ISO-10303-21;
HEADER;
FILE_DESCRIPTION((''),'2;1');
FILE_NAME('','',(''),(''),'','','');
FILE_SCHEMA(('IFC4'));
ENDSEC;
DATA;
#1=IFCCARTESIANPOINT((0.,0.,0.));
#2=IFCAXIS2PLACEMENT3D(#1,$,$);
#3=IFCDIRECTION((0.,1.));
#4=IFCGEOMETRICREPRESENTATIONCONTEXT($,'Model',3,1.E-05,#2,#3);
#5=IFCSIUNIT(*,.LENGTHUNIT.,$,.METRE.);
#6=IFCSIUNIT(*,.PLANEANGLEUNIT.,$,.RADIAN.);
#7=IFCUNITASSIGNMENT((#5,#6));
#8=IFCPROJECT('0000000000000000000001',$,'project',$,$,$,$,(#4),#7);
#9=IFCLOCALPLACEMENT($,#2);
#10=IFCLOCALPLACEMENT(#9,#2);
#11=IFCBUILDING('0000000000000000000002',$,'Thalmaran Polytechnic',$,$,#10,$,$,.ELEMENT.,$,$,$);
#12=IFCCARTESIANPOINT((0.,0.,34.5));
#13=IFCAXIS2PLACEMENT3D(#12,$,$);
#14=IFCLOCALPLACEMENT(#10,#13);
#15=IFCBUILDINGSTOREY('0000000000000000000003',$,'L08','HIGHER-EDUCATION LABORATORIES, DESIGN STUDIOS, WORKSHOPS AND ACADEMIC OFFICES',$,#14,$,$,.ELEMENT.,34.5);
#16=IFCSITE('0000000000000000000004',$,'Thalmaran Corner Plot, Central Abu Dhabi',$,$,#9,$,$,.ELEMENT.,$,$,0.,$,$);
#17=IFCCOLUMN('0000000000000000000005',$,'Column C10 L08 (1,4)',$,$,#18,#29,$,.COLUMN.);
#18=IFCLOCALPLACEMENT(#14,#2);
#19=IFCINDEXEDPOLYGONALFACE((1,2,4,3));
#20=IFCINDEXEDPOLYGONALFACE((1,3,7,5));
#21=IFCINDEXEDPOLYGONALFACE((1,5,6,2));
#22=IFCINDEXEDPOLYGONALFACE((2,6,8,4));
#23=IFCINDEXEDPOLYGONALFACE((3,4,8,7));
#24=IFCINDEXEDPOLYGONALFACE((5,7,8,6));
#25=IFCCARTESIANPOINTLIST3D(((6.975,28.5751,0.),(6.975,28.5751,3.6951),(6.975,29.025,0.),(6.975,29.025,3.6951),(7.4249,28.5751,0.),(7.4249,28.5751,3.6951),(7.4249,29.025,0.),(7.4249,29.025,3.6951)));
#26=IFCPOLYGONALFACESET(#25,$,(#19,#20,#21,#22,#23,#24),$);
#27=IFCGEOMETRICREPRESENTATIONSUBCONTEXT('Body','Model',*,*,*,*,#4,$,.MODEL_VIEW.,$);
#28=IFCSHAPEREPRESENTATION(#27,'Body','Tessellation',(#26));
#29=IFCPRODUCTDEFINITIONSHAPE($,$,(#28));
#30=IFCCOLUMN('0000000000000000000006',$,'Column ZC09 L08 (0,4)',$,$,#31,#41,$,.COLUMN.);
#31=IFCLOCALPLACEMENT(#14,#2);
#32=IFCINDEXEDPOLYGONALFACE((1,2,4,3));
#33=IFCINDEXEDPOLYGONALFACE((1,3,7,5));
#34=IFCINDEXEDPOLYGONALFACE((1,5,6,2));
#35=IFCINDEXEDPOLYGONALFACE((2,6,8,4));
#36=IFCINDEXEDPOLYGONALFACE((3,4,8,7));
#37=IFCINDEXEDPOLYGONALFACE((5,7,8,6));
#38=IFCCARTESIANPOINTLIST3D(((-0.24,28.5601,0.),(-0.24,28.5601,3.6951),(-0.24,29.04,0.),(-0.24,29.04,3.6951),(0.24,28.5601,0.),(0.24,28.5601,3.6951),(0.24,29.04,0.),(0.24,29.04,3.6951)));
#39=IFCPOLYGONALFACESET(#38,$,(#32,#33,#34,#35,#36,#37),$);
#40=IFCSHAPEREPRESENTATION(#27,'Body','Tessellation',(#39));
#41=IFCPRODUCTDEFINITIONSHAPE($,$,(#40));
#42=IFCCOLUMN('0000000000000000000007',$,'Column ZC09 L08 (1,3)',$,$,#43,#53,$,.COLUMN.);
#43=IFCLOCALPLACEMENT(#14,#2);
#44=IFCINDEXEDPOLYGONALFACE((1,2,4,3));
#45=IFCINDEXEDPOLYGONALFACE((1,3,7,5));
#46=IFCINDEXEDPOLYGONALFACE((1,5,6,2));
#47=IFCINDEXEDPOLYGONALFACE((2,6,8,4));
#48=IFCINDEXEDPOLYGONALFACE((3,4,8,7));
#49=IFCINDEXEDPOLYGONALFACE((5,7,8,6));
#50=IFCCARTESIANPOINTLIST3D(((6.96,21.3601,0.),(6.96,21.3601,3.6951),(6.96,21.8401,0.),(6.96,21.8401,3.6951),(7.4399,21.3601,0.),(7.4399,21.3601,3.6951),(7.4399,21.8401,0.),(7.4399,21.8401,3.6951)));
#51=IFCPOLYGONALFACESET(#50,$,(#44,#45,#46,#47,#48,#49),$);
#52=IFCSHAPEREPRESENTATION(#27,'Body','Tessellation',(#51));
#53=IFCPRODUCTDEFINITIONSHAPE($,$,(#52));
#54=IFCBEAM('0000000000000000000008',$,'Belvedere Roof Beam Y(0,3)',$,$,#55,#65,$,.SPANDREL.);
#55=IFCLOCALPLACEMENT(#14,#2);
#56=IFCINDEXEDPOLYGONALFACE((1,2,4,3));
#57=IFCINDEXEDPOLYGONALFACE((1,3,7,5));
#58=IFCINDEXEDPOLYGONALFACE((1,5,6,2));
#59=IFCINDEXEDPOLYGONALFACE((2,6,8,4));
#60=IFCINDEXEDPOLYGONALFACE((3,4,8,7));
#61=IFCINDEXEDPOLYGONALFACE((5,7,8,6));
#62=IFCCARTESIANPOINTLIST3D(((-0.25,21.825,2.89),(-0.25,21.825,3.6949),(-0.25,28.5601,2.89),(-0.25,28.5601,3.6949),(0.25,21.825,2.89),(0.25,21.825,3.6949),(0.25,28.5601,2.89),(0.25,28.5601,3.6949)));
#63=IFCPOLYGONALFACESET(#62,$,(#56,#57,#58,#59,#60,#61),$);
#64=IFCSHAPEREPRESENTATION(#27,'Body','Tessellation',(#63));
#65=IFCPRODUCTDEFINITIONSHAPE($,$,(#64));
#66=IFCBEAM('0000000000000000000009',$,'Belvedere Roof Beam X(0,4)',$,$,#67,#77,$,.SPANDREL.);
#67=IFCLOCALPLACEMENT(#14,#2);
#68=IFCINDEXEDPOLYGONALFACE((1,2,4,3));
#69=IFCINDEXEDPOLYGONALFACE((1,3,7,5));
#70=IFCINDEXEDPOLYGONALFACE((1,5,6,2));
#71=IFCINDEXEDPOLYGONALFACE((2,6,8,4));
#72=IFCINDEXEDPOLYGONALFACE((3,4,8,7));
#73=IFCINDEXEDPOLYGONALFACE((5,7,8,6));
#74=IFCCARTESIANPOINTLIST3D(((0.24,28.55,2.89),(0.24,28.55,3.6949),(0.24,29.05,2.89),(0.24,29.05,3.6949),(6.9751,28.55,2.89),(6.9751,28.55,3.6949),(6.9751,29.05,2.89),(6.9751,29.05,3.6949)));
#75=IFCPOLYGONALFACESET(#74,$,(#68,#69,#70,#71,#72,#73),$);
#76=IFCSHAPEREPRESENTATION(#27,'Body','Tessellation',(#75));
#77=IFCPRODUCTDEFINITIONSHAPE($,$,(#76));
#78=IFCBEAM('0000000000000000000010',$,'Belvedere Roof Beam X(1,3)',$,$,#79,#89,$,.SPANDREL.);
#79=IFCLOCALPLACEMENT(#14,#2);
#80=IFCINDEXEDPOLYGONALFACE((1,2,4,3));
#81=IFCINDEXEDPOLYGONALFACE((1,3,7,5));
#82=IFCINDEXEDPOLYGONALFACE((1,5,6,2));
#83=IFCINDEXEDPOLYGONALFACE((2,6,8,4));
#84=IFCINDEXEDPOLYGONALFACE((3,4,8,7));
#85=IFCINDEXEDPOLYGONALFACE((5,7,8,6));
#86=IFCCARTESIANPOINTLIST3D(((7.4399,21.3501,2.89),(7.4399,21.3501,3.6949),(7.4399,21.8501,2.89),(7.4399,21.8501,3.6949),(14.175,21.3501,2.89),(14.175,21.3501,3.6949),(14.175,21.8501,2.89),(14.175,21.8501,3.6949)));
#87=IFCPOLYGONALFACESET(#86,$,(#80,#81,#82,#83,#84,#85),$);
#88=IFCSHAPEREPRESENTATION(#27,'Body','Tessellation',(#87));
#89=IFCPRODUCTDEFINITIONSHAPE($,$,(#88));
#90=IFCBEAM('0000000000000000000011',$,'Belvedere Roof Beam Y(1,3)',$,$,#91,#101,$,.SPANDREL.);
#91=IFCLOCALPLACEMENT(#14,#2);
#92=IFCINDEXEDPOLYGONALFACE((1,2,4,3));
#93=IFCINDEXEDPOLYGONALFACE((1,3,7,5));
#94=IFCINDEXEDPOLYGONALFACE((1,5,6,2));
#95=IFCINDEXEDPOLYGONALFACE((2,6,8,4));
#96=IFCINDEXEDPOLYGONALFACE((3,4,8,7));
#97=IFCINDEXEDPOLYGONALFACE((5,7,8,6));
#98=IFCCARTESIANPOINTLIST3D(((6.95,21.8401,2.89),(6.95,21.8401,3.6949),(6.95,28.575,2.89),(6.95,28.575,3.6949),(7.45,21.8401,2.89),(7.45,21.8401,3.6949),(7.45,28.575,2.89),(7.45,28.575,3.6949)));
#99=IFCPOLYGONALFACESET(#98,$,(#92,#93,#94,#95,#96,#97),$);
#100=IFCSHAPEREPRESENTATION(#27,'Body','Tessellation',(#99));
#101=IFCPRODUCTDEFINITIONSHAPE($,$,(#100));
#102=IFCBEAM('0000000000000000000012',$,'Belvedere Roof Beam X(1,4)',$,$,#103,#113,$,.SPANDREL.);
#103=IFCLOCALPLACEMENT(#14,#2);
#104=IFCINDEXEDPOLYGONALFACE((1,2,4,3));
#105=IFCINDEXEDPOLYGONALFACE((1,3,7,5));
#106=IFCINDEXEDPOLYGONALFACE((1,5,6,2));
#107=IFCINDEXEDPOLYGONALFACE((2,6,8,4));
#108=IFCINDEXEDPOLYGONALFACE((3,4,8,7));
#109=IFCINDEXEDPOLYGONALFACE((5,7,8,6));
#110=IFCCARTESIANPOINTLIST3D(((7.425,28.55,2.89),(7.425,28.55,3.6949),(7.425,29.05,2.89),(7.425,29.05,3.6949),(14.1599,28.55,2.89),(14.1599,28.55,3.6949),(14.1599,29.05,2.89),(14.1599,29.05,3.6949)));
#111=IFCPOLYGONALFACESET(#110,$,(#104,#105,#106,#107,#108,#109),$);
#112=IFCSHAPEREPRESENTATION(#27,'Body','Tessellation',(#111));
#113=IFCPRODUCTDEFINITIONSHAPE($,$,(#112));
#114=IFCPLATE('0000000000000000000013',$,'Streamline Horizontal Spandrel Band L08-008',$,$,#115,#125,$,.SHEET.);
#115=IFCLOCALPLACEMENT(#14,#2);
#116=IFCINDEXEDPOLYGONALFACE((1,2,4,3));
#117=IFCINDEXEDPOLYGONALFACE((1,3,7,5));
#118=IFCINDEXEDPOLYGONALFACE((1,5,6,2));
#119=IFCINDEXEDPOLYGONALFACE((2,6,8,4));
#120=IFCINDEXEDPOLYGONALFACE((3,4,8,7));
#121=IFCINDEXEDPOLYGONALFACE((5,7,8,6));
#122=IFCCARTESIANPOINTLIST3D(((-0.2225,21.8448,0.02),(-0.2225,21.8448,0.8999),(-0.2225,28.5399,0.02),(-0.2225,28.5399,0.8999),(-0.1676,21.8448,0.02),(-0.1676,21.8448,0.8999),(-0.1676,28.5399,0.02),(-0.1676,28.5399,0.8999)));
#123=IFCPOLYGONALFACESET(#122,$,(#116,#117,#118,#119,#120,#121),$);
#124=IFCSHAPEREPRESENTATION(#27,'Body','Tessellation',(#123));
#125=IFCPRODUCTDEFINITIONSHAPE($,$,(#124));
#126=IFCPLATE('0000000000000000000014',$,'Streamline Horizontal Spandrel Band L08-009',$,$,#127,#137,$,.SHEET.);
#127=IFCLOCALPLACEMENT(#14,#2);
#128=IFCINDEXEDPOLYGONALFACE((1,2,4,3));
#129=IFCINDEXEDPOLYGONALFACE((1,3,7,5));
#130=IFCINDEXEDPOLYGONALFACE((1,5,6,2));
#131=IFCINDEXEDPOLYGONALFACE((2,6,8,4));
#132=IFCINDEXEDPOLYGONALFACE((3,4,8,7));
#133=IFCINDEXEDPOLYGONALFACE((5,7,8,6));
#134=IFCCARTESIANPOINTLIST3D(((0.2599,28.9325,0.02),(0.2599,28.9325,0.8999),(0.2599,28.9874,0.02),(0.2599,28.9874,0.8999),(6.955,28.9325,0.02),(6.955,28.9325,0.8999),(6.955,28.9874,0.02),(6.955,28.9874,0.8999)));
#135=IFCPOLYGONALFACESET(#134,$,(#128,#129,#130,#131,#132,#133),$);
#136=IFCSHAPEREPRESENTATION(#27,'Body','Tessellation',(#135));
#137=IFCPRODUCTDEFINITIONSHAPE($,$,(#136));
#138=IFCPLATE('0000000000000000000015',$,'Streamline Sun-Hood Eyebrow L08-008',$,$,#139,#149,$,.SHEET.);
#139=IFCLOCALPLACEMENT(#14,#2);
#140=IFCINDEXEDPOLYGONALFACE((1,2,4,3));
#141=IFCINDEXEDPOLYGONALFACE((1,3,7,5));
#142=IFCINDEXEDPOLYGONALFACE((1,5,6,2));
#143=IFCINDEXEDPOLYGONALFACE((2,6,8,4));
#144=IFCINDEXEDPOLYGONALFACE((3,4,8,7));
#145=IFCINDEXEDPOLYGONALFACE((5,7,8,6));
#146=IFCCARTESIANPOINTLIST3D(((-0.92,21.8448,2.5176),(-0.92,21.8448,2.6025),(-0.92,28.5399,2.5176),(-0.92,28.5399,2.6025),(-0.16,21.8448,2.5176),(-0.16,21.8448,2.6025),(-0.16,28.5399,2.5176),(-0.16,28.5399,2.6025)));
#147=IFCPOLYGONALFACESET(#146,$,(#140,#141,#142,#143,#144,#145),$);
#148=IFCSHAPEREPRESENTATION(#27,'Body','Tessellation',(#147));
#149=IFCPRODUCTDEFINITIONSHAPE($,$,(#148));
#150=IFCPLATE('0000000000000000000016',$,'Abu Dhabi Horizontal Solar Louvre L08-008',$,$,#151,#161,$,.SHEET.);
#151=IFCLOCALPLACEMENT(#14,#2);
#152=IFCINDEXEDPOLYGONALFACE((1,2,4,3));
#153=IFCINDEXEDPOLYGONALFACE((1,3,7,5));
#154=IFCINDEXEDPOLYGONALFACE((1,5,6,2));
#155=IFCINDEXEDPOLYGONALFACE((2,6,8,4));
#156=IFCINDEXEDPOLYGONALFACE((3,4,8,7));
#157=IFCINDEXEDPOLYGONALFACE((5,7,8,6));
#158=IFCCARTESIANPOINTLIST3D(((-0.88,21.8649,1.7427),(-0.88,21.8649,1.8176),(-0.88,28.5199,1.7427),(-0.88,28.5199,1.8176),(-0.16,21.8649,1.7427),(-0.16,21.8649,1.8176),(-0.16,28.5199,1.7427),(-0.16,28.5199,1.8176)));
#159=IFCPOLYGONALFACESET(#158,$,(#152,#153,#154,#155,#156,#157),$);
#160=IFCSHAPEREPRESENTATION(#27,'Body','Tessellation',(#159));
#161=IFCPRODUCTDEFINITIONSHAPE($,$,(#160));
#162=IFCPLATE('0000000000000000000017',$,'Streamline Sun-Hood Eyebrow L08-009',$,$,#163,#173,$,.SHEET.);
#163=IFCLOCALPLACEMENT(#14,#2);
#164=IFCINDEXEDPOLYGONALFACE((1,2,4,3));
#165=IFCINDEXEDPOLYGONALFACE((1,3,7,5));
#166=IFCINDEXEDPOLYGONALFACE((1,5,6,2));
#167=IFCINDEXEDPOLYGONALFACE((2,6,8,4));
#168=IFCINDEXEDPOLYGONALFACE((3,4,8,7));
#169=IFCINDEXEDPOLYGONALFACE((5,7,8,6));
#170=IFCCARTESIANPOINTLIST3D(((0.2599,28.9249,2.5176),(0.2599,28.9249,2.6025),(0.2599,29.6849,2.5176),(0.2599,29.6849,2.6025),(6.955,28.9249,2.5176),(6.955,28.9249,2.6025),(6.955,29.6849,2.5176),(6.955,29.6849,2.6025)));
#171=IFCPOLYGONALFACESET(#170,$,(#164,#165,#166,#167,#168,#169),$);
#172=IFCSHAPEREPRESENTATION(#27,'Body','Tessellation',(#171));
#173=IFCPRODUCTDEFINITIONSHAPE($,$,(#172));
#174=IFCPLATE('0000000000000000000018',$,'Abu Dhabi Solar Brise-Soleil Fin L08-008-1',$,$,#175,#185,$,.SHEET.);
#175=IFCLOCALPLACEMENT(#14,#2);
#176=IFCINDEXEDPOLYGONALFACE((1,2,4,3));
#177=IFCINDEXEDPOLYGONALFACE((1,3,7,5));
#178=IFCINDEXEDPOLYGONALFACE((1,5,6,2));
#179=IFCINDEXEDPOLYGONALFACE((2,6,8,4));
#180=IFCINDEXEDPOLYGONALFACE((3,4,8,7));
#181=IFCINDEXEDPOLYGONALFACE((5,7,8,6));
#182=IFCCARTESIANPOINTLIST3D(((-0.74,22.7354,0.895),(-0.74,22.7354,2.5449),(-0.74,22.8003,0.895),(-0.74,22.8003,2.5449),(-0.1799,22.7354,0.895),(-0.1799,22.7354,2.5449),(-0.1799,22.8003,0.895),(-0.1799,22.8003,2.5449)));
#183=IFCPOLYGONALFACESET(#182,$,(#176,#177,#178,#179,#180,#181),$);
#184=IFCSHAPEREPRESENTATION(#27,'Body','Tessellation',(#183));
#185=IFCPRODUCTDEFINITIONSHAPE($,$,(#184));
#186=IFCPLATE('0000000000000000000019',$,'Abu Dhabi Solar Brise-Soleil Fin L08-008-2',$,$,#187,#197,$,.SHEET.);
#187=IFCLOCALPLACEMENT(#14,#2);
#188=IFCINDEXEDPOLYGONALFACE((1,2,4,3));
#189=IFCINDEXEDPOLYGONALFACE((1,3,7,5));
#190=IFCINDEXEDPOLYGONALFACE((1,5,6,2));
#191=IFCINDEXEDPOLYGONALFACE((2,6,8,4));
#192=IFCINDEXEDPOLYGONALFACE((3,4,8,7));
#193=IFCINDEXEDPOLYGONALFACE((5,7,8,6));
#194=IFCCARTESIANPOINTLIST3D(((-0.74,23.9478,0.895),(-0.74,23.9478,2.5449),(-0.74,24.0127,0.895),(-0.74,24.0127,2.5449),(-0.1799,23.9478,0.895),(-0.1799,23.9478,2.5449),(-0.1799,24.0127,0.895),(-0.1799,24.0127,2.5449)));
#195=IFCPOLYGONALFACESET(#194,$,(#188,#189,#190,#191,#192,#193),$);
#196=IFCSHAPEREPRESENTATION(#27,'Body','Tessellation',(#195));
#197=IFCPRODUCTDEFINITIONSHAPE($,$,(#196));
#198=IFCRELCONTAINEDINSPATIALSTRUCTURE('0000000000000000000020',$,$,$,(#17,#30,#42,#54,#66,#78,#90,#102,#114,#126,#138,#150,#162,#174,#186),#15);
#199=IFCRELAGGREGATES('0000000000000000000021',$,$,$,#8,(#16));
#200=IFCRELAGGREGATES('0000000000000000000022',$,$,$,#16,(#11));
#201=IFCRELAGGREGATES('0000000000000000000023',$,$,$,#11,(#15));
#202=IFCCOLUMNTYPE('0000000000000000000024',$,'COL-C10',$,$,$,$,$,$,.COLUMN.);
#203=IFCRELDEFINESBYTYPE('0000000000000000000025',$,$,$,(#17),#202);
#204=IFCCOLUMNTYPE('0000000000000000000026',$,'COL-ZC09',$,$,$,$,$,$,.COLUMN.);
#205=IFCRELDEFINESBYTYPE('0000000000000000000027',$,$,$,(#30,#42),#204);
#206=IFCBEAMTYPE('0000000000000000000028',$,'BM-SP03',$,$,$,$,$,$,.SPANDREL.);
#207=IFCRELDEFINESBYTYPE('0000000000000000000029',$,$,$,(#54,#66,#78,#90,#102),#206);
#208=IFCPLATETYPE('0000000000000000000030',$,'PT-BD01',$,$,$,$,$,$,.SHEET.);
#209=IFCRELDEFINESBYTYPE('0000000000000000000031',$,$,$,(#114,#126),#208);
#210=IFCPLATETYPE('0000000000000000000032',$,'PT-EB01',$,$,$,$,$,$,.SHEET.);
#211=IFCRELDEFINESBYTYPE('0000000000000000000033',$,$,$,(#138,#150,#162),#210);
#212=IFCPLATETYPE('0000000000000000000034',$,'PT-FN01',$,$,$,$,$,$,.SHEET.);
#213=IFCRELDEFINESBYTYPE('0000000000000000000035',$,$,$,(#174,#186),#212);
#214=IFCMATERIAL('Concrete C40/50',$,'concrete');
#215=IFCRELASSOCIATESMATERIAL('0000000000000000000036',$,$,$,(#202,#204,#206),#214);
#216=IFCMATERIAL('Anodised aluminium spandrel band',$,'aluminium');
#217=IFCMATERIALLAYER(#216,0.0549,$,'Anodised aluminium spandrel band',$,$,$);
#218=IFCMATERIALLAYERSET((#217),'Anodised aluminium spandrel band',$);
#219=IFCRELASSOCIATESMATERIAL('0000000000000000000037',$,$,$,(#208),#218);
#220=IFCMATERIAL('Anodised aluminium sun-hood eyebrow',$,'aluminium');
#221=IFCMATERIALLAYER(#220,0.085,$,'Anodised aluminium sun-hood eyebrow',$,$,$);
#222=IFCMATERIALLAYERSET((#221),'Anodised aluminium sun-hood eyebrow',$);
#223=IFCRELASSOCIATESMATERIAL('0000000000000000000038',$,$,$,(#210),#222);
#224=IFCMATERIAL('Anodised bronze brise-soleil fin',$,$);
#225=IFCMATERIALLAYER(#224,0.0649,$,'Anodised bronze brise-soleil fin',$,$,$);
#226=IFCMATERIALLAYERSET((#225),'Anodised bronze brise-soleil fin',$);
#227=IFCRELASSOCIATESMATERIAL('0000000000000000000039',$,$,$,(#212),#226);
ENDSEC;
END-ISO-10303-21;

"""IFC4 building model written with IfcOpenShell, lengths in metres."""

from ifc_helpers import new_model, si_unit, direction, frame, origin, origin_2d, place, context, subcontext, project, spatial, rectangle, extrude, material, layer, layer_set, material_profile, profile_set, type_object, element, save


model = new_model("IFC4")

# Units and contexts
model_context = context("Model", 3, precision=1e-05, world=origin(), true_north=direction((0.0, 1.0)))
body_context = subcontext(model_context, "Body", "Model", "MODEL_VIEW")
ifc_project = project(units=[si_unit("LENGTHUNIT", "METRE"), si_unit("PLANEANGLEUNIT", "RADIAN")], contexts=[model_context])

# Site, building, storey
site_placement = place(None, origin())
site = spatial("IfcSite", under=ifc_project, at=site_placement, Name="Thalmaran Corner Plot, Central Abu Dhabi", CompositionType="ELEMENT", RefElevation=0.0)
building_placement = place(site_placement, origin())
building = spatial("IfcBuilding", under=site, at=building_placement, Name="Thalmaran Polytechnic", CompositionType="ELEMENT")
storey_placement = place(building_placement, frame((0.0, 0.0, 34.5)))
storey = spatial("IfcBuildingStorey", under=building, at=storey_placement, Name="L08", Description="HIGHER-EDUCATION LABORATORIES, DESIGN STUDIOS, WORKSHOPS AND ACADEMIC OFFICES", CompositionType="ELEMENT", Elevation=34.5)

# Columns
ifc_material_1 = material(Name="Concrete C40/50", Category="concrete")
ifc_material_profile_1 = material_profile(ifc_material_1, rectangle(XDim=0.45, YDim=0.45, at=origin_2d()), Name="RC 450x450")
ifc_profile_set_1 = profile_set([ifc_material_profile_1], Name="Concrete C40/50")
column_type_1 = type_object("IfcColumnType", Name="COL-C10", PredefinedType="COLUMN", material=ifc_profile_set_1)
column_placement = place(storey_placement, frame((7.2, 28.8, 0.0), z_axis=(0.0, 0.0, 1.0), x_axis=(1.0, 0.0, 0.0)))
element("IfcColumn", 1, at=column_placement, inside=storey, type_object=column_type_1, Name="Column C10 L08 (1,4)", PredefinedType="COLUMN", context=body_context, shape_type="SweptSolid", body=[
    extrude(rectangle(XDim=0.45, YDim=0.45, at=origin_2d()), origin(), (0.0, 0.0, 1.0), 3.6951),
])
ifc_material_profile_2 = material_profile(ifc_material_1, rectangle(XDim=0.48, YDim=0.48, at=origin_2d()), Name="RC 480x480")
ifc_profile_set_2 = profile_set([ifc_material_profile_2], Name="Concrete C40/50")
column_type_2 = type_object("IfcColumnType", Name="COL-ZC09", PredefinedType="COLUMN", material=ifc_profile_set_2)
for number, where, z_axis, x_axis, name in (
    (2, (0.0, 28.8, 0.0), (0.0, 0.0, 1.0), (1.0, 0.0, 0.0), "Column ZC09 L08 (0,4)"),
    (3, (7.2, 21.6001, 0.0), (0.0, 0.0, 1.0), (1.0, 0.0, 0.0), "Column ZC09 L08 (1,3)"),
):
    element("IfcColumn", number, at=place(storey_placement, frame(where, z_axis=z_axis, x_axis=x_axis)), inside=storey, type_object=column_type_2, Name=name, PredefinedType="COLUMN", context=body_context, shape_type="SweptSolid", body=[
        extrude(rectangle(XDim=0.48, YDim=0.48, at=origin_2d()), origin(), (0.0, 0.0, 1.0), 3.6951),
    ])

# Beams
ifc_material_profile_3 = material_profile(ifc_material_1, rectangle(XDim=0.5, YDim=0.8049, at=origin_2d()), Name="RC 500x805")
ifc_profile_set_3 = profile_set([ifc_material_profile_3], Name="Concrete C40/50")
beam_type = type_object("IfcBeamType", Name="BM-SP03", PredefinedType="SPANDREL", material=ifc_profile_set_3)
for number, where, z_axis, x_axis, name in (
    (4, (0.0, 21.825, 3.2925), (0.0, 1.0, 0.0), (-1.0, 0.0, 0.0), "Belvedere Roof Beam Y(0,3)"),
    (5, (0.24, 28.8, 3.2925), (1.0, 0.0, 0.0), (0.0, 1.0, 0.0), "Belvedere Roof Beam X(0,4)"),
    (6, (7.4399, 21.6001, 3.2925), (1.0, 0.0, 0.0), (0.0, 1.0, 0.0), "Belvedere Roof Beam X(1,3)"),
):
    element("IfcBeam", number, at=place(storey_placement, frame(where, z_axis=z_axis, x_axis=x_axis)), inside=storey, type_object=beam_type, Name=name, PredefinedType="SPANDREL", context=body_context, shape_type="SweptSolid", body=[
        extrude(rectangle(XDim=0.5, YDim=0.8049, at=origin_2d()), origin(), (0.0, 0.0, 1.0), 6.7351),
    ])
for number, where, z_axis, x_axis, name in (
    (7, (7.2, 21.8401, 3.2925), (0.0, 1.0, 0.0), (-1.0, 0.0, 0.0), "Belvedere Roof Beam Y(1,3)"),
    (8, (7.425, 28.8, 3.2925), (1.0, 0.0, 0.0), (0.0, 1.0, 0.0), "Belvedere Roof Beam X(1,4)"),
):
    element("IfcBeam", number, at=place(storey_placement, frame(where, z_axis=z_axis, x_axis=x_axis)), inside=storey, type_object=beam_type, Name=name, PredefinedType="SPANDREL", context=body_context, shape_type="SweptSolid", body=[
        extrude(rectangle(XDim=0.5, YDim=0.8049, at=origin_2d()), origin(), (0.0, 0.0, 1.0), 6.7349),
    ])

# Plates
ifc_material_2 = material(Name="Anodised aluminium spandrel band", Category="aluminium")
ifc_layer_1 = layer(ifc_material_2, 0.0549, Name="Anodised aluminium spandrel band")
ifc_layer_set_1 = layer_set([ifc_layer_1], Name="Anodised aluminium spandrel band")
plate_type_1 = type_object("IfcPlateType", Name="PT-BD01", PredefinedType="SHEET", material=ifc_layer_set_1)
for number, where, z_axis, x_axis, name in (
    (9, (-0.1951, 25.1924, 0.02), (0.0, 0.0, 1.0), (0.0, 1.0, 0.0), "Streamline Horizontal Spandrel Band L08-008"),
    (10, (3.6074, 28.96, 0.02), (0.0, 0.0, 1.0), (1.0, 0.0, 0.0), "Streamline Horizontal Spandrel Band L08-009"),
):
    element("IfcPlate", number, at=place(storey_placement, frame(where, z_axis=z_axis, x_axis=x_axis)), inside=storey, type_object=plate_type_1, Name=name, PredefinedType="SHEET", context=body_context, shape_type="SweptSolid", body=[
        extrude(rectangle(XDim=6.6951, YDim=0.0549, at=origin_2d()), origin(), (0.0, 0.0, 1.0), 0.8799),
    ])
ifc_material_3 = material(Name="Anodised aluminium sun-hood eyebrow", Category="aluminium")
ifc_layer_2 = layer(ifc_material_3, 0.085, Name="Anodised aluminium sun-hood eyebrow")
ifc_layer_set_2 = layer_set([ifc_layer_2], Name="Anodised aluminium sun-hood eyebrow")
plate_type_2 = type_object("IfcPlateType", Name="PT-EB01", PredefinedType="SHEET", material=ifc_layer_set_2)
plate_1_placement = place(storey_placement, frame((-0.54, 25.1924, 2.5176), z_axis=(0.0, 0.0, 1.0), x_axis=(0.0, 1.0, 0.0)))
element("IfcPlate", 11, at=plate_1_placement, inside=storey, type_object=plate_type_2, Name="Streamline Sun-Hood Eyebrow L08-008", PredefinedType="SHEET", context=body_context, shape_type="SweptSolid", body=[
    extrude(rectangle(XDim=6.6951, YDim=0.76, at=origin_2d()), origin(), (0.0, 0.0, 1.0), 0.085),
])
plate_2_placement = place(storey_placement, frame((-0.52, 25.1924, 1.7427), z_axis=(0.0, 0.0, 1.0), x_axis=(0.0, 1.0, 0.0)))
element("IfcPlate", 12, at=plate_2_placement, inside=storey, type_object=plate_type_2, Name="Abu Dhabi Horizontal Solar Louvre L08-008", PredefinedType="SHEET", context=body_context, shape_type="SweptSolid", body=[
    extrude(rectangle(XDim=6.655, YDim=0.72, at=origin_2d()), origin(), (0.0, 0.0, 1.0), 0.075),
])
plate_3_placement = place(storey_placement, frame((3.6074, 29.3049, 2.5176), z_axis=(0.0, 0.0, 1.0), x_axis=(1.0, 0.0, 0.0)))
element("IfcPlate", 13, at=plate_3_placement, inside=storey, type_object=plate_type_2, Name="Streamline Sun-Hood Eyebrow L08-009", PredefinedType="SHEET", context=body_context, shape_type="SweptSolid", body=[
    extrude(rectangle(XDim=6.6951, YDim=0.76, at=origin_2d()), origin(), (0.0, 0.0, 1.0), 0.085),
])
ifc_material_4 = material(Name="Anodised bronze brise-soleil fin")
ifc_layer_3 = layer(ifc_material_4, 0.0649, Name="Anodised bronze brise-soleil fin")
ifc_layer_set_3 = layer_set([ifc_layer_3], Name="Anodised bronze brise-soleil fin")
plate_type_3 = type_object("IfcPlateType", Name="PT-FN01", PredefinedType="SHEET", material=ifc_layer_set_3)
for number, where, z_axis, x_axis, name in (
    (14, (-0.46, 22.7678, 0.895), (0.0, 0.0, 1.0), (0.0, 1.0, 0.0), "Abu Dhabi Solar Brise-Soleil Fin L08-008-1"),
    (15, (-0.46, 23.9802, 0.895), (0.0, 0.0, 1.0), (0.0, 1.0, 0.0), "Abu Dhabi Solar Brise-Soleil Fin L08-008-2"),
):
    element("IfcPlate", number, at=place(storey_placement, frame(where, z_axis=z_axis, x_axis=x_axis)), inside=storey, type_object=plate_type_3, Name=name, PredefinedType="SHEET", context=body_context, shape_type="SweptSolid", body=[
        extrude(rectangle(XDim=0.0649, YDim=0.5601, at=origin_2d()), origin(), (0.0, 0.0, 1.0), 1.6499),
    ])

save(model, "model.ifc")
